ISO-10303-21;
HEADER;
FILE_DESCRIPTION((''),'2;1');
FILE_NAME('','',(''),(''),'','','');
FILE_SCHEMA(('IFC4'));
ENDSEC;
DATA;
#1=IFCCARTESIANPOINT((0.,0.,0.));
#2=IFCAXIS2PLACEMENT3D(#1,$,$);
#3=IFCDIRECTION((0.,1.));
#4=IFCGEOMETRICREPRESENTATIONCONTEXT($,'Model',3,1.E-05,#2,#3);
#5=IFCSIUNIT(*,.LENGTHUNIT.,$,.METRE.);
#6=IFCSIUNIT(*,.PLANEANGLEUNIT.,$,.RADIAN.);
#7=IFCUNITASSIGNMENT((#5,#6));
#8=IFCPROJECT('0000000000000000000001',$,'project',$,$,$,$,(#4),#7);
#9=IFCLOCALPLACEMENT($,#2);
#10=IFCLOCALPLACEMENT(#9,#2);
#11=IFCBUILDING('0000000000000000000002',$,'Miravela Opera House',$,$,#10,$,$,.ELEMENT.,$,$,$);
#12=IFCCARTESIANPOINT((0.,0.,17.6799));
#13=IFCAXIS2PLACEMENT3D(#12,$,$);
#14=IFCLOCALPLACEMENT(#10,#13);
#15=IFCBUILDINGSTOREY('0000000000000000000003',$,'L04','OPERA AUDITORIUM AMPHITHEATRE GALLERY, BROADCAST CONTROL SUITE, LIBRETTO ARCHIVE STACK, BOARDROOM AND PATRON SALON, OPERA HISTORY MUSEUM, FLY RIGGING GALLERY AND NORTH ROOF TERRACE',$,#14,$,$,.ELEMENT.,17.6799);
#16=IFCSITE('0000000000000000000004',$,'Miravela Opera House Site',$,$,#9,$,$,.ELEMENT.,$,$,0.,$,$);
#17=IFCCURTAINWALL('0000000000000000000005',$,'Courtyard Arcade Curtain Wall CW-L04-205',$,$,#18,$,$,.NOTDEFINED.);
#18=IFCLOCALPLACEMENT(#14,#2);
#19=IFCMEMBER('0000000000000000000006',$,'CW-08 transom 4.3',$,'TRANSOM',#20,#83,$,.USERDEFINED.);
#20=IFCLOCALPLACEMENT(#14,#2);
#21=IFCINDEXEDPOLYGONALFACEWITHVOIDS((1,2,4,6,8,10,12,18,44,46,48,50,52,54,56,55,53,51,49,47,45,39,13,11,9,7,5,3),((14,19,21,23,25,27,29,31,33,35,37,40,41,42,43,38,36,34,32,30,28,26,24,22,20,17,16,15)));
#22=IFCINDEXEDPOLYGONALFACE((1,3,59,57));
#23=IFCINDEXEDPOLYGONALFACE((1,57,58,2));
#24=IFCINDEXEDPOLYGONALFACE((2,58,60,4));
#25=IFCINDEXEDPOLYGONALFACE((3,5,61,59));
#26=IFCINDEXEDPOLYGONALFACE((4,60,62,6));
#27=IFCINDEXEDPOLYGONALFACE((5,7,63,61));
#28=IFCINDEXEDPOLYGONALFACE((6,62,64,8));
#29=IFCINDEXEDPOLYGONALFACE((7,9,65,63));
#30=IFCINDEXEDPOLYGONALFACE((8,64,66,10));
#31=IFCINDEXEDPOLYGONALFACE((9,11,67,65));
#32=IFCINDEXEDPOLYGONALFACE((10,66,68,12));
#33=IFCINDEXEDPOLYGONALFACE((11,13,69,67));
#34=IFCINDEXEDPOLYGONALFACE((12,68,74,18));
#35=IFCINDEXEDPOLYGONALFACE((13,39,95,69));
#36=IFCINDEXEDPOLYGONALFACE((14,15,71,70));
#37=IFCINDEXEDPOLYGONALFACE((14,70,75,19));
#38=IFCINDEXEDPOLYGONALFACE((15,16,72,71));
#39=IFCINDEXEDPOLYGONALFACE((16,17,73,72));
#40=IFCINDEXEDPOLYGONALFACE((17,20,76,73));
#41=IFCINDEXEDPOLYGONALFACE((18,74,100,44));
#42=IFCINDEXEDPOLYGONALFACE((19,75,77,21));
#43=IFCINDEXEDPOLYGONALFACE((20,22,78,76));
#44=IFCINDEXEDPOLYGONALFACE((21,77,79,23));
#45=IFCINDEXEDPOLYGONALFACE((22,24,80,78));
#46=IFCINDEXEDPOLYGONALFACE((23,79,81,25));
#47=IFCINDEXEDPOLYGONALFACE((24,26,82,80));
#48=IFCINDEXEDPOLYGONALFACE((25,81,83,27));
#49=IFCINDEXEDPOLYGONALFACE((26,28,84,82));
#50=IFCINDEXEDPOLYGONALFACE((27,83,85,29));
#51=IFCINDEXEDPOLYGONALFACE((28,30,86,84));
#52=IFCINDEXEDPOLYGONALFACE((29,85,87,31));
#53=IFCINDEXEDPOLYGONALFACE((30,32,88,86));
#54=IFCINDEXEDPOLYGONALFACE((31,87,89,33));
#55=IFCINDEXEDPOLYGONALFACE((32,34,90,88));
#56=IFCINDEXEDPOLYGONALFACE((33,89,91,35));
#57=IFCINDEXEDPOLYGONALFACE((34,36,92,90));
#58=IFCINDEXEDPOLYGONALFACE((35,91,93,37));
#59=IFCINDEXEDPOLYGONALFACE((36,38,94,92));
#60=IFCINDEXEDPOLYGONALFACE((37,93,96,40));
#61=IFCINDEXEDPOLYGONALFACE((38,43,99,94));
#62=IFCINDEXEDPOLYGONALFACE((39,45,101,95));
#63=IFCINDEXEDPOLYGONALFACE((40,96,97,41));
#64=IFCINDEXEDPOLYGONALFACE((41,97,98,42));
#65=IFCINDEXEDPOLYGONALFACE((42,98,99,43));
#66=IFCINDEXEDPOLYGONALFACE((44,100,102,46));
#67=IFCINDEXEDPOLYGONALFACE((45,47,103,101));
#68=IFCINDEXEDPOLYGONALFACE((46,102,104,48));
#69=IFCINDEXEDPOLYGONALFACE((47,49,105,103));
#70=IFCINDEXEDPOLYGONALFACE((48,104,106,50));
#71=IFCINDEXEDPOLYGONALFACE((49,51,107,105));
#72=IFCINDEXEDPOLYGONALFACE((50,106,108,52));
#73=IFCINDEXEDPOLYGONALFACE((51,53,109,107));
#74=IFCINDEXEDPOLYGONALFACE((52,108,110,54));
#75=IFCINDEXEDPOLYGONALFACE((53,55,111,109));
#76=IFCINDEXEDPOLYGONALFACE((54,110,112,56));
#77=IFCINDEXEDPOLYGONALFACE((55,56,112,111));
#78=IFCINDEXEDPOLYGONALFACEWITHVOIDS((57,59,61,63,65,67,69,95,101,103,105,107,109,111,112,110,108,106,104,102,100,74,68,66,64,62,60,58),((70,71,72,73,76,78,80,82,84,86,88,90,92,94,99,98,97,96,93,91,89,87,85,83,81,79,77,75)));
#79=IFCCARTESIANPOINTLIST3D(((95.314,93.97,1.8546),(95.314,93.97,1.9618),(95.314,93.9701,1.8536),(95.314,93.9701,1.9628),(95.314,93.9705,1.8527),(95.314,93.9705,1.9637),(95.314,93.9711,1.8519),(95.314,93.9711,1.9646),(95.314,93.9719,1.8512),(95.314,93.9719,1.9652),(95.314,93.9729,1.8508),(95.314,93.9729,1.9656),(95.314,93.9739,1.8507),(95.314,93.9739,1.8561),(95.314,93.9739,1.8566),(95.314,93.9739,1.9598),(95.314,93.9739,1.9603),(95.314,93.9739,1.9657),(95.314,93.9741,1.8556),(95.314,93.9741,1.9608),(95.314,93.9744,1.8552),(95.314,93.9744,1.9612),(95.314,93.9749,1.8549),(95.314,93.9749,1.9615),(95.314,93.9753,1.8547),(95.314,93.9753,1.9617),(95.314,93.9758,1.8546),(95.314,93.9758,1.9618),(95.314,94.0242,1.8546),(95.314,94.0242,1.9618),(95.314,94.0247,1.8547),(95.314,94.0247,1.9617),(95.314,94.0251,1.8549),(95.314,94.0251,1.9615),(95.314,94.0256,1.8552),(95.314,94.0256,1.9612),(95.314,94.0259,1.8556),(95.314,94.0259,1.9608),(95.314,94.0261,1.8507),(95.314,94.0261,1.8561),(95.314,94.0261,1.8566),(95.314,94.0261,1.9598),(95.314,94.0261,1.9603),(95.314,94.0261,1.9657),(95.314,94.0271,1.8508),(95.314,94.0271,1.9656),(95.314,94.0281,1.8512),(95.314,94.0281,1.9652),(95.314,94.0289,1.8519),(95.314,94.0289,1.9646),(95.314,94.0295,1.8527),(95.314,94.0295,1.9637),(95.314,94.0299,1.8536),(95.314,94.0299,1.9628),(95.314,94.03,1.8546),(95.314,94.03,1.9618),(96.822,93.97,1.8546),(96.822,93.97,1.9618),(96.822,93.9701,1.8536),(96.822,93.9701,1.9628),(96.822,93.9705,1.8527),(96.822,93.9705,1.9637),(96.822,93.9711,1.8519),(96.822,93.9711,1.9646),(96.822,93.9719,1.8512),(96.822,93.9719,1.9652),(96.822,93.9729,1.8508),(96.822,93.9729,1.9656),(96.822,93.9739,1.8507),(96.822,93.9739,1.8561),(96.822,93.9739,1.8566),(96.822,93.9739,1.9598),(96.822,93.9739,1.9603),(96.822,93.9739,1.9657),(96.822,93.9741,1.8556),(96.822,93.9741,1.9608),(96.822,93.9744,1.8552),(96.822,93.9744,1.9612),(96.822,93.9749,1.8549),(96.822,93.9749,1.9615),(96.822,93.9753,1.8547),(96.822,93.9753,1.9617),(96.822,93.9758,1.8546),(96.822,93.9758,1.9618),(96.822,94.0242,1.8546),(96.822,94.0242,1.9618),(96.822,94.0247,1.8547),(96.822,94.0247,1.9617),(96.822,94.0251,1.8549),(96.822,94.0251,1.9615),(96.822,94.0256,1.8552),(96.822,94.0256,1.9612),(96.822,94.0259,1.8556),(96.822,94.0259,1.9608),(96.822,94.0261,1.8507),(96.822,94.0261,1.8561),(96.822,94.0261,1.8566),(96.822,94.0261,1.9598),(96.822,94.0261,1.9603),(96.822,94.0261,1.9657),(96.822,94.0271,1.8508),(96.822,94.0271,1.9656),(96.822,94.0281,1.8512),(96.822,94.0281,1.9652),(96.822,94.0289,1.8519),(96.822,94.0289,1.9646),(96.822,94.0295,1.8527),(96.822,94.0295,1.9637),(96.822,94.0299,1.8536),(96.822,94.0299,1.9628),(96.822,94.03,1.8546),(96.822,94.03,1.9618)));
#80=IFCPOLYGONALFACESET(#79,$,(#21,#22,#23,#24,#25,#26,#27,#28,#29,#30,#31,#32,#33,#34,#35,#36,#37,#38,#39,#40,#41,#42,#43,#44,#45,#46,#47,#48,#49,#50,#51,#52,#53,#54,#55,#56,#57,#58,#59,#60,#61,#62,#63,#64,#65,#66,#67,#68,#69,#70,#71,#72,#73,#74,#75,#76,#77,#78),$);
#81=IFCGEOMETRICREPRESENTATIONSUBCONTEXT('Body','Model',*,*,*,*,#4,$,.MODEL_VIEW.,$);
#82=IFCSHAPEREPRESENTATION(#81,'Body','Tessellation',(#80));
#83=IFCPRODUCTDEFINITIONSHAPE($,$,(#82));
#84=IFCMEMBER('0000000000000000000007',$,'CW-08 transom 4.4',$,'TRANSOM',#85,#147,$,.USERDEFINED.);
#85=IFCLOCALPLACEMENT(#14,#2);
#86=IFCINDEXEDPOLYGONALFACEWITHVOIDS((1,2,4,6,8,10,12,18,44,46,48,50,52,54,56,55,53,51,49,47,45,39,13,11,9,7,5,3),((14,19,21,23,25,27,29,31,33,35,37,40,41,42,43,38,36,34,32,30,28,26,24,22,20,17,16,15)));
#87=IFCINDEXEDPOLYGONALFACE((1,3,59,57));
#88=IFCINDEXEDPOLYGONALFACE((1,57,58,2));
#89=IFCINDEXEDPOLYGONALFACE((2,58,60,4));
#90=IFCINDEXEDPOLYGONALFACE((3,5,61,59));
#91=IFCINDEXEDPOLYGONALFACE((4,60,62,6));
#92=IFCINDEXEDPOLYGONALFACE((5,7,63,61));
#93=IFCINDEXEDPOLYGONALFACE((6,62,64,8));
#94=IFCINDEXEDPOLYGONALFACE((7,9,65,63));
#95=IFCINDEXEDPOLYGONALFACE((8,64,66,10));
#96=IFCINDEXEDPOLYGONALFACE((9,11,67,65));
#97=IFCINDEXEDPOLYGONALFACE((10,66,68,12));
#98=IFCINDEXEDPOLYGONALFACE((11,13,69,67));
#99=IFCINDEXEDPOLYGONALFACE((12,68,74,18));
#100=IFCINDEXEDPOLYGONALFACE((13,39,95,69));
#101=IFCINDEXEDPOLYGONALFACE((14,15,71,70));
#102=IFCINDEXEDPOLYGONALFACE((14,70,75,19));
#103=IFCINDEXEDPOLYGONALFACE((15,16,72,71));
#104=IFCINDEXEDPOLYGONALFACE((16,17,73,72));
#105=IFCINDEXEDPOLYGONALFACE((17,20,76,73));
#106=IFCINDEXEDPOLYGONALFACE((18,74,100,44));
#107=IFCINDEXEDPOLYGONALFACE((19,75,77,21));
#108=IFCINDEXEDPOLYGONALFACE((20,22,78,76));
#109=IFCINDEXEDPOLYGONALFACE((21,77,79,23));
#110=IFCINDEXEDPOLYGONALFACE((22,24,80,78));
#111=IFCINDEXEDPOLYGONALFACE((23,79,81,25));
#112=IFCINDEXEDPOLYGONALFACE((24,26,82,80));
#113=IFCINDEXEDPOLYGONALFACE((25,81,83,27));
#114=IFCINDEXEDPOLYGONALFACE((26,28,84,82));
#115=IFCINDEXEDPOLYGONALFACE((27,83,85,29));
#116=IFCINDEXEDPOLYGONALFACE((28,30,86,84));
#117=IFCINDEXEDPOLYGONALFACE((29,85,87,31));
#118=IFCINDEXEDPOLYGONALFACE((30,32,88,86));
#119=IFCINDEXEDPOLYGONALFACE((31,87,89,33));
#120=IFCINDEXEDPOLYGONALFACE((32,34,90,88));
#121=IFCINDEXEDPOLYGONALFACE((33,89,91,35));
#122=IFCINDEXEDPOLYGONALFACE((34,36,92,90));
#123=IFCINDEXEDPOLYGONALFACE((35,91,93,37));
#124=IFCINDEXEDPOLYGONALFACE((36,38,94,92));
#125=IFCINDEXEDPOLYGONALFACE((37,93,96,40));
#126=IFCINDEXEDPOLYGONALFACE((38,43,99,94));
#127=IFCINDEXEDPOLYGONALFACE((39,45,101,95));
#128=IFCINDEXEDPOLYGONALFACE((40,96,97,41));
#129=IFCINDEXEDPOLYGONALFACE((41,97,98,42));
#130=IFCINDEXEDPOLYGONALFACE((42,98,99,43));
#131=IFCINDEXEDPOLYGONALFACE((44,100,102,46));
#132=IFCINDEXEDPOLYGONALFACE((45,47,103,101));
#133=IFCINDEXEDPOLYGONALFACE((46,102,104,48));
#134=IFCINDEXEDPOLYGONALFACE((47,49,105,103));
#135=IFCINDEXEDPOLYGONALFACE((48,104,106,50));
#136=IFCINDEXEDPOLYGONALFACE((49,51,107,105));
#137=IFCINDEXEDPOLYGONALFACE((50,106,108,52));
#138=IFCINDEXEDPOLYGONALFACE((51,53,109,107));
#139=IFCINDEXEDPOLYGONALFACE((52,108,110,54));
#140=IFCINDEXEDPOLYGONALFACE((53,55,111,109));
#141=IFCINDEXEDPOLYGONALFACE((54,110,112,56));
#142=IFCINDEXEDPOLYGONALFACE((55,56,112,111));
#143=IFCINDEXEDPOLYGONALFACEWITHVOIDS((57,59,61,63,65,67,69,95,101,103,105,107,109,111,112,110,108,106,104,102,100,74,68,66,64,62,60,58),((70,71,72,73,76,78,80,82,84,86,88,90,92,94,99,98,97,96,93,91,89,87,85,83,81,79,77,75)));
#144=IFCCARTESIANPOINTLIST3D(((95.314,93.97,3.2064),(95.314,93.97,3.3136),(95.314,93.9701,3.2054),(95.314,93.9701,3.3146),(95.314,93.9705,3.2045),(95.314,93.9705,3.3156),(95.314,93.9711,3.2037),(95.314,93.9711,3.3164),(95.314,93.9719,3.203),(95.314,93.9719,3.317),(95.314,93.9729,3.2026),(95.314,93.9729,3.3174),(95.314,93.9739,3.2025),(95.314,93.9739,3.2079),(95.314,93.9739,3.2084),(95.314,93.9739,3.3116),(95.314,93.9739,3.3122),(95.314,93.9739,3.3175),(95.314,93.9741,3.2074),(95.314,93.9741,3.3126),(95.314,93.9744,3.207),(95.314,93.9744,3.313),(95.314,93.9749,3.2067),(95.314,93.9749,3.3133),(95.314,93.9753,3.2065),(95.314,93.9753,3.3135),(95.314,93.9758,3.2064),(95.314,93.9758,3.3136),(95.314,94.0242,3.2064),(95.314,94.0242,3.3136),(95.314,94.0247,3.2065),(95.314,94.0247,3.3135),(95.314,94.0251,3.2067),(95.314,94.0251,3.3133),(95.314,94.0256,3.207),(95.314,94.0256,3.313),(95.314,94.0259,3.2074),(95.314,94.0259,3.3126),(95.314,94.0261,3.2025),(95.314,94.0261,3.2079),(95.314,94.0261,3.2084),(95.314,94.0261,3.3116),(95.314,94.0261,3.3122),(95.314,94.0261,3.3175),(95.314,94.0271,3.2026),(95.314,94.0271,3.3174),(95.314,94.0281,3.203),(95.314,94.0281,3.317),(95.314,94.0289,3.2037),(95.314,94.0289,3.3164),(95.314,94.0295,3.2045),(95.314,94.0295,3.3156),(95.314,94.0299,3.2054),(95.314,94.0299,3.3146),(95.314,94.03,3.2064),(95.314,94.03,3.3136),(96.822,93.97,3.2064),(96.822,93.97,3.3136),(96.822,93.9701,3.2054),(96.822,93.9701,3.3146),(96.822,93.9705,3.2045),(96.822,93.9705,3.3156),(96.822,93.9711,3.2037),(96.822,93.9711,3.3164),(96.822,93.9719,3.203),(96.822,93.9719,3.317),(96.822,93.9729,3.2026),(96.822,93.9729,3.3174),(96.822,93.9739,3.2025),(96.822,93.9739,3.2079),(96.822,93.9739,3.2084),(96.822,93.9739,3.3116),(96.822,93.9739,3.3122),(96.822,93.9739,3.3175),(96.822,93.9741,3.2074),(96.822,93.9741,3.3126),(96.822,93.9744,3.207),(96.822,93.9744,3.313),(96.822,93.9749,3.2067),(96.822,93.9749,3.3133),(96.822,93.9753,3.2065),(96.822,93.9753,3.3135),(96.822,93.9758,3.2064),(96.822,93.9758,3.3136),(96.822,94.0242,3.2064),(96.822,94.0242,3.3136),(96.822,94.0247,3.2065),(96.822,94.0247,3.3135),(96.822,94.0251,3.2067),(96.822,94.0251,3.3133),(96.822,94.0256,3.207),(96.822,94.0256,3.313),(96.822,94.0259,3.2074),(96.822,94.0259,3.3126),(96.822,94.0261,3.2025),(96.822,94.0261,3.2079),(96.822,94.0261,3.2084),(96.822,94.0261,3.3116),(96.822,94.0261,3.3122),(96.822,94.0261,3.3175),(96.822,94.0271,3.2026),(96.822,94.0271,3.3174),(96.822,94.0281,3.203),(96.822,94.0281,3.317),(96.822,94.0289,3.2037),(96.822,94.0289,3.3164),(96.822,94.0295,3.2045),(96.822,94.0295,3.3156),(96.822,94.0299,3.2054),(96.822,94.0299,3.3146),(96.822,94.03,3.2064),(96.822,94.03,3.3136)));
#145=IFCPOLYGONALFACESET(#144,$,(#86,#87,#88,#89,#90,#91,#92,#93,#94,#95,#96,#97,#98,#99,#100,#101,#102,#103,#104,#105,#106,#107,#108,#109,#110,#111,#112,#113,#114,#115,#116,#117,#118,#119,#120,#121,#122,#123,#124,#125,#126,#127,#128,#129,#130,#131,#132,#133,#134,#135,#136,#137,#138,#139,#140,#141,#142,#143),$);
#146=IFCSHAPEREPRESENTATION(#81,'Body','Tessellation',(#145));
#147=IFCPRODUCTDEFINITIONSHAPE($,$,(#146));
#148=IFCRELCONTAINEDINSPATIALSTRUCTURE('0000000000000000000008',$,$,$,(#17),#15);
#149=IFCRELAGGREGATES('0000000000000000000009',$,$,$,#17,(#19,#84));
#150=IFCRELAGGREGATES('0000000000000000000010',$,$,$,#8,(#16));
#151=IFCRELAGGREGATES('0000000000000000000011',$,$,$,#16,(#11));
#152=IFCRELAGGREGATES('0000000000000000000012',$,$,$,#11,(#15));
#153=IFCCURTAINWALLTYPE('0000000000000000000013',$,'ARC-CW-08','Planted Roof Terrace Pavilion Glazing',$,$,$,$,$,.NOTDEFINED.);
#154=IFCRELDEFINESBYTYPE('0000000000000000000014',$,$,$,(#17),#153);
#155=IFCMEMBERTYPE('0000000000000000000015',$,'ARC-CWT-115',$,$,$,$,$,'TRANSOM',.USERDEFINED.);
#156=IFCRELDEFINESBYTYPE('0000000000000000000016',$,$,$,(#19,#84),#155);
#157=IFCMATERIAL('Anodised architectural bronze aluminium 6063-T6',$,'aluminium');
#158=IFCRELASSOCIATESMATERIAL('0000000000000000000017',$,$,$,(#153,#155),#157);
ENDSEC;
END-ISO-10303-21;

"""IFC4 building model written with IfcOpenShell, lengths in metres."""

from ifc_helpers import new_model, si_unit, direction, frame, origin, origin_2d, place, context, subcontext, project, spatial, hollow_rectangle, extrude, material, material_profile, profile_set, type_object, element, aggregate, save


model = new_model("IFC4")

# Units and contexts
model_context = context("Model", 3, precision=1e-05, world=origin(), true_north=direction((0.0, 1.0)))
body_context = subcontext(model_context, "Body", "Model", "MODEL_VIEW")
ifc_project = project(units=[si_unit("LENGTHUNIT", "METRE"), si_unit("PLANEANGLEUNIT", "RADIAN")], contexts=[model_context])

# Site, building, storey
site_placement = place(None, origin())
site = spatial("IfcSite", under=ifc_project, at=site_placement, Name="Miravela Opera House Site", CompositionType="ELEMENT", RefElevation=0.0)
building_placement = place(site_placement, origin())
building = spatial("IfcBuilding", under=site, at=building_placement, Name="Miravela Opera House", CompositionType="ELEMENT")
storey_placement = place(building_placement, frame((0.0, 0.0, 17.6799)))
storey = spatial("IfcBuildingStorey", under=building, at=storey_placement, Name="L04", Description="OPERA AUDITORIUM AMPHITHEATRE GALLERY, BROADCAST CONTROL SUITE, LIBRETTO ARCHIVE STACK, BOARDROOM AND PATRON SALON, OPERA HISTORY MUSEUM, FLY RIGGING GALLERY AND NORTH ROOF TERRACE", CompositionType="ELEMENT", Elevation=17.6799)

# Curtain wall
ifc_material_1 = material(Name="Anodised architectural bronze aluminium 6063-T6", Category="aluminium")
curtain_wall_type = type_object("IfcCurtainWallType", Name="ARC-CW-08", Description="Planted Roof Terrace Pavilion Glazing", PredefinedType="NOTDEFINED", material=ifc_material_1)
curtain_wall_1_placement = place(storey_placement, origin())
curtain_wall_1 = element("IfcCurtainWall", 1, at=curtain_wall_1_placement, inside=storey, type_object=curtain_wall_type, Name="Courtyard Arcade Curtain Wall CW-L04-205", PredefinedType="NOTDEFINED")

# Members
ifc_material_profile_1 = material_profile(ifc_material_1, hollow_rectangle(XDim=0.0601, YDim=0.115, WallThickness=0.0039, InnerFilletRadius=0.002, OuterFilletRadius=0.0039, at=origin_2d()), Name="CWT-60X115")
ifc_profile_set_1 = profile_set([ifc_material_profile_1])
member_type_1 = type_object("IfcMemberType", Name="ARC-CWT-115", ElementType="TRANSOM", PredefinedType="USERDEFINED", material=ifc_profile_set_1)
member_1_placement = place(storey_placement, frame((95.314, 94.0, 1.9082), z_axis=(1.0, 0.0, 0.0), x_axis=(0.0, 1.0, 0.0)))
member_1 = element("IfcMember", 2, at=member_1_placement, type_object=member_type_1, Name="CW-08 transom 4.3", ObjectType="TRANSOM", PredefinedType="USERDEFINED", context=body_context, shape_type="SweptSolid", body=[
    extrude(hollow_rectangle(XDim=0.0601, YDim=0.115, WallThickness=0.0039, InnerFilletRadius=0.002, OuterFilletRadius=0.0039, at=origin_2d()), origin(), (0.0, 0.0, 1.0), 1.5081),
])
member_2_placement = place(storey_placement, frame((95.314, 94.0, 3.26), z_axis=(1.0, 0.0, 0.0), x_axis=(0.0, 1.0, 0.0)))
member_2 = element("IfcMember", 3, at=member_2_placement, type_object=member_type_1, Name="CW-08 transom 4.4", ObjectType="TRANSOM", PredefinedType="USERDEFINED", context=body_context, shape_type="SweptSolid", body=[
    extrude(hollow_rectangle(XDim=0.0601, YDim=0.115, WallThickness=0.0039, InnerFilletRadius=0.002, OuterFilletRadius=0.0039, at=origin_2d()), origin(), (0.0, 0.0, 1.0), 1.5081),
])

aggregate(curtain_wall_1, [member_1, member_2])

save(model, "model.ifc")
